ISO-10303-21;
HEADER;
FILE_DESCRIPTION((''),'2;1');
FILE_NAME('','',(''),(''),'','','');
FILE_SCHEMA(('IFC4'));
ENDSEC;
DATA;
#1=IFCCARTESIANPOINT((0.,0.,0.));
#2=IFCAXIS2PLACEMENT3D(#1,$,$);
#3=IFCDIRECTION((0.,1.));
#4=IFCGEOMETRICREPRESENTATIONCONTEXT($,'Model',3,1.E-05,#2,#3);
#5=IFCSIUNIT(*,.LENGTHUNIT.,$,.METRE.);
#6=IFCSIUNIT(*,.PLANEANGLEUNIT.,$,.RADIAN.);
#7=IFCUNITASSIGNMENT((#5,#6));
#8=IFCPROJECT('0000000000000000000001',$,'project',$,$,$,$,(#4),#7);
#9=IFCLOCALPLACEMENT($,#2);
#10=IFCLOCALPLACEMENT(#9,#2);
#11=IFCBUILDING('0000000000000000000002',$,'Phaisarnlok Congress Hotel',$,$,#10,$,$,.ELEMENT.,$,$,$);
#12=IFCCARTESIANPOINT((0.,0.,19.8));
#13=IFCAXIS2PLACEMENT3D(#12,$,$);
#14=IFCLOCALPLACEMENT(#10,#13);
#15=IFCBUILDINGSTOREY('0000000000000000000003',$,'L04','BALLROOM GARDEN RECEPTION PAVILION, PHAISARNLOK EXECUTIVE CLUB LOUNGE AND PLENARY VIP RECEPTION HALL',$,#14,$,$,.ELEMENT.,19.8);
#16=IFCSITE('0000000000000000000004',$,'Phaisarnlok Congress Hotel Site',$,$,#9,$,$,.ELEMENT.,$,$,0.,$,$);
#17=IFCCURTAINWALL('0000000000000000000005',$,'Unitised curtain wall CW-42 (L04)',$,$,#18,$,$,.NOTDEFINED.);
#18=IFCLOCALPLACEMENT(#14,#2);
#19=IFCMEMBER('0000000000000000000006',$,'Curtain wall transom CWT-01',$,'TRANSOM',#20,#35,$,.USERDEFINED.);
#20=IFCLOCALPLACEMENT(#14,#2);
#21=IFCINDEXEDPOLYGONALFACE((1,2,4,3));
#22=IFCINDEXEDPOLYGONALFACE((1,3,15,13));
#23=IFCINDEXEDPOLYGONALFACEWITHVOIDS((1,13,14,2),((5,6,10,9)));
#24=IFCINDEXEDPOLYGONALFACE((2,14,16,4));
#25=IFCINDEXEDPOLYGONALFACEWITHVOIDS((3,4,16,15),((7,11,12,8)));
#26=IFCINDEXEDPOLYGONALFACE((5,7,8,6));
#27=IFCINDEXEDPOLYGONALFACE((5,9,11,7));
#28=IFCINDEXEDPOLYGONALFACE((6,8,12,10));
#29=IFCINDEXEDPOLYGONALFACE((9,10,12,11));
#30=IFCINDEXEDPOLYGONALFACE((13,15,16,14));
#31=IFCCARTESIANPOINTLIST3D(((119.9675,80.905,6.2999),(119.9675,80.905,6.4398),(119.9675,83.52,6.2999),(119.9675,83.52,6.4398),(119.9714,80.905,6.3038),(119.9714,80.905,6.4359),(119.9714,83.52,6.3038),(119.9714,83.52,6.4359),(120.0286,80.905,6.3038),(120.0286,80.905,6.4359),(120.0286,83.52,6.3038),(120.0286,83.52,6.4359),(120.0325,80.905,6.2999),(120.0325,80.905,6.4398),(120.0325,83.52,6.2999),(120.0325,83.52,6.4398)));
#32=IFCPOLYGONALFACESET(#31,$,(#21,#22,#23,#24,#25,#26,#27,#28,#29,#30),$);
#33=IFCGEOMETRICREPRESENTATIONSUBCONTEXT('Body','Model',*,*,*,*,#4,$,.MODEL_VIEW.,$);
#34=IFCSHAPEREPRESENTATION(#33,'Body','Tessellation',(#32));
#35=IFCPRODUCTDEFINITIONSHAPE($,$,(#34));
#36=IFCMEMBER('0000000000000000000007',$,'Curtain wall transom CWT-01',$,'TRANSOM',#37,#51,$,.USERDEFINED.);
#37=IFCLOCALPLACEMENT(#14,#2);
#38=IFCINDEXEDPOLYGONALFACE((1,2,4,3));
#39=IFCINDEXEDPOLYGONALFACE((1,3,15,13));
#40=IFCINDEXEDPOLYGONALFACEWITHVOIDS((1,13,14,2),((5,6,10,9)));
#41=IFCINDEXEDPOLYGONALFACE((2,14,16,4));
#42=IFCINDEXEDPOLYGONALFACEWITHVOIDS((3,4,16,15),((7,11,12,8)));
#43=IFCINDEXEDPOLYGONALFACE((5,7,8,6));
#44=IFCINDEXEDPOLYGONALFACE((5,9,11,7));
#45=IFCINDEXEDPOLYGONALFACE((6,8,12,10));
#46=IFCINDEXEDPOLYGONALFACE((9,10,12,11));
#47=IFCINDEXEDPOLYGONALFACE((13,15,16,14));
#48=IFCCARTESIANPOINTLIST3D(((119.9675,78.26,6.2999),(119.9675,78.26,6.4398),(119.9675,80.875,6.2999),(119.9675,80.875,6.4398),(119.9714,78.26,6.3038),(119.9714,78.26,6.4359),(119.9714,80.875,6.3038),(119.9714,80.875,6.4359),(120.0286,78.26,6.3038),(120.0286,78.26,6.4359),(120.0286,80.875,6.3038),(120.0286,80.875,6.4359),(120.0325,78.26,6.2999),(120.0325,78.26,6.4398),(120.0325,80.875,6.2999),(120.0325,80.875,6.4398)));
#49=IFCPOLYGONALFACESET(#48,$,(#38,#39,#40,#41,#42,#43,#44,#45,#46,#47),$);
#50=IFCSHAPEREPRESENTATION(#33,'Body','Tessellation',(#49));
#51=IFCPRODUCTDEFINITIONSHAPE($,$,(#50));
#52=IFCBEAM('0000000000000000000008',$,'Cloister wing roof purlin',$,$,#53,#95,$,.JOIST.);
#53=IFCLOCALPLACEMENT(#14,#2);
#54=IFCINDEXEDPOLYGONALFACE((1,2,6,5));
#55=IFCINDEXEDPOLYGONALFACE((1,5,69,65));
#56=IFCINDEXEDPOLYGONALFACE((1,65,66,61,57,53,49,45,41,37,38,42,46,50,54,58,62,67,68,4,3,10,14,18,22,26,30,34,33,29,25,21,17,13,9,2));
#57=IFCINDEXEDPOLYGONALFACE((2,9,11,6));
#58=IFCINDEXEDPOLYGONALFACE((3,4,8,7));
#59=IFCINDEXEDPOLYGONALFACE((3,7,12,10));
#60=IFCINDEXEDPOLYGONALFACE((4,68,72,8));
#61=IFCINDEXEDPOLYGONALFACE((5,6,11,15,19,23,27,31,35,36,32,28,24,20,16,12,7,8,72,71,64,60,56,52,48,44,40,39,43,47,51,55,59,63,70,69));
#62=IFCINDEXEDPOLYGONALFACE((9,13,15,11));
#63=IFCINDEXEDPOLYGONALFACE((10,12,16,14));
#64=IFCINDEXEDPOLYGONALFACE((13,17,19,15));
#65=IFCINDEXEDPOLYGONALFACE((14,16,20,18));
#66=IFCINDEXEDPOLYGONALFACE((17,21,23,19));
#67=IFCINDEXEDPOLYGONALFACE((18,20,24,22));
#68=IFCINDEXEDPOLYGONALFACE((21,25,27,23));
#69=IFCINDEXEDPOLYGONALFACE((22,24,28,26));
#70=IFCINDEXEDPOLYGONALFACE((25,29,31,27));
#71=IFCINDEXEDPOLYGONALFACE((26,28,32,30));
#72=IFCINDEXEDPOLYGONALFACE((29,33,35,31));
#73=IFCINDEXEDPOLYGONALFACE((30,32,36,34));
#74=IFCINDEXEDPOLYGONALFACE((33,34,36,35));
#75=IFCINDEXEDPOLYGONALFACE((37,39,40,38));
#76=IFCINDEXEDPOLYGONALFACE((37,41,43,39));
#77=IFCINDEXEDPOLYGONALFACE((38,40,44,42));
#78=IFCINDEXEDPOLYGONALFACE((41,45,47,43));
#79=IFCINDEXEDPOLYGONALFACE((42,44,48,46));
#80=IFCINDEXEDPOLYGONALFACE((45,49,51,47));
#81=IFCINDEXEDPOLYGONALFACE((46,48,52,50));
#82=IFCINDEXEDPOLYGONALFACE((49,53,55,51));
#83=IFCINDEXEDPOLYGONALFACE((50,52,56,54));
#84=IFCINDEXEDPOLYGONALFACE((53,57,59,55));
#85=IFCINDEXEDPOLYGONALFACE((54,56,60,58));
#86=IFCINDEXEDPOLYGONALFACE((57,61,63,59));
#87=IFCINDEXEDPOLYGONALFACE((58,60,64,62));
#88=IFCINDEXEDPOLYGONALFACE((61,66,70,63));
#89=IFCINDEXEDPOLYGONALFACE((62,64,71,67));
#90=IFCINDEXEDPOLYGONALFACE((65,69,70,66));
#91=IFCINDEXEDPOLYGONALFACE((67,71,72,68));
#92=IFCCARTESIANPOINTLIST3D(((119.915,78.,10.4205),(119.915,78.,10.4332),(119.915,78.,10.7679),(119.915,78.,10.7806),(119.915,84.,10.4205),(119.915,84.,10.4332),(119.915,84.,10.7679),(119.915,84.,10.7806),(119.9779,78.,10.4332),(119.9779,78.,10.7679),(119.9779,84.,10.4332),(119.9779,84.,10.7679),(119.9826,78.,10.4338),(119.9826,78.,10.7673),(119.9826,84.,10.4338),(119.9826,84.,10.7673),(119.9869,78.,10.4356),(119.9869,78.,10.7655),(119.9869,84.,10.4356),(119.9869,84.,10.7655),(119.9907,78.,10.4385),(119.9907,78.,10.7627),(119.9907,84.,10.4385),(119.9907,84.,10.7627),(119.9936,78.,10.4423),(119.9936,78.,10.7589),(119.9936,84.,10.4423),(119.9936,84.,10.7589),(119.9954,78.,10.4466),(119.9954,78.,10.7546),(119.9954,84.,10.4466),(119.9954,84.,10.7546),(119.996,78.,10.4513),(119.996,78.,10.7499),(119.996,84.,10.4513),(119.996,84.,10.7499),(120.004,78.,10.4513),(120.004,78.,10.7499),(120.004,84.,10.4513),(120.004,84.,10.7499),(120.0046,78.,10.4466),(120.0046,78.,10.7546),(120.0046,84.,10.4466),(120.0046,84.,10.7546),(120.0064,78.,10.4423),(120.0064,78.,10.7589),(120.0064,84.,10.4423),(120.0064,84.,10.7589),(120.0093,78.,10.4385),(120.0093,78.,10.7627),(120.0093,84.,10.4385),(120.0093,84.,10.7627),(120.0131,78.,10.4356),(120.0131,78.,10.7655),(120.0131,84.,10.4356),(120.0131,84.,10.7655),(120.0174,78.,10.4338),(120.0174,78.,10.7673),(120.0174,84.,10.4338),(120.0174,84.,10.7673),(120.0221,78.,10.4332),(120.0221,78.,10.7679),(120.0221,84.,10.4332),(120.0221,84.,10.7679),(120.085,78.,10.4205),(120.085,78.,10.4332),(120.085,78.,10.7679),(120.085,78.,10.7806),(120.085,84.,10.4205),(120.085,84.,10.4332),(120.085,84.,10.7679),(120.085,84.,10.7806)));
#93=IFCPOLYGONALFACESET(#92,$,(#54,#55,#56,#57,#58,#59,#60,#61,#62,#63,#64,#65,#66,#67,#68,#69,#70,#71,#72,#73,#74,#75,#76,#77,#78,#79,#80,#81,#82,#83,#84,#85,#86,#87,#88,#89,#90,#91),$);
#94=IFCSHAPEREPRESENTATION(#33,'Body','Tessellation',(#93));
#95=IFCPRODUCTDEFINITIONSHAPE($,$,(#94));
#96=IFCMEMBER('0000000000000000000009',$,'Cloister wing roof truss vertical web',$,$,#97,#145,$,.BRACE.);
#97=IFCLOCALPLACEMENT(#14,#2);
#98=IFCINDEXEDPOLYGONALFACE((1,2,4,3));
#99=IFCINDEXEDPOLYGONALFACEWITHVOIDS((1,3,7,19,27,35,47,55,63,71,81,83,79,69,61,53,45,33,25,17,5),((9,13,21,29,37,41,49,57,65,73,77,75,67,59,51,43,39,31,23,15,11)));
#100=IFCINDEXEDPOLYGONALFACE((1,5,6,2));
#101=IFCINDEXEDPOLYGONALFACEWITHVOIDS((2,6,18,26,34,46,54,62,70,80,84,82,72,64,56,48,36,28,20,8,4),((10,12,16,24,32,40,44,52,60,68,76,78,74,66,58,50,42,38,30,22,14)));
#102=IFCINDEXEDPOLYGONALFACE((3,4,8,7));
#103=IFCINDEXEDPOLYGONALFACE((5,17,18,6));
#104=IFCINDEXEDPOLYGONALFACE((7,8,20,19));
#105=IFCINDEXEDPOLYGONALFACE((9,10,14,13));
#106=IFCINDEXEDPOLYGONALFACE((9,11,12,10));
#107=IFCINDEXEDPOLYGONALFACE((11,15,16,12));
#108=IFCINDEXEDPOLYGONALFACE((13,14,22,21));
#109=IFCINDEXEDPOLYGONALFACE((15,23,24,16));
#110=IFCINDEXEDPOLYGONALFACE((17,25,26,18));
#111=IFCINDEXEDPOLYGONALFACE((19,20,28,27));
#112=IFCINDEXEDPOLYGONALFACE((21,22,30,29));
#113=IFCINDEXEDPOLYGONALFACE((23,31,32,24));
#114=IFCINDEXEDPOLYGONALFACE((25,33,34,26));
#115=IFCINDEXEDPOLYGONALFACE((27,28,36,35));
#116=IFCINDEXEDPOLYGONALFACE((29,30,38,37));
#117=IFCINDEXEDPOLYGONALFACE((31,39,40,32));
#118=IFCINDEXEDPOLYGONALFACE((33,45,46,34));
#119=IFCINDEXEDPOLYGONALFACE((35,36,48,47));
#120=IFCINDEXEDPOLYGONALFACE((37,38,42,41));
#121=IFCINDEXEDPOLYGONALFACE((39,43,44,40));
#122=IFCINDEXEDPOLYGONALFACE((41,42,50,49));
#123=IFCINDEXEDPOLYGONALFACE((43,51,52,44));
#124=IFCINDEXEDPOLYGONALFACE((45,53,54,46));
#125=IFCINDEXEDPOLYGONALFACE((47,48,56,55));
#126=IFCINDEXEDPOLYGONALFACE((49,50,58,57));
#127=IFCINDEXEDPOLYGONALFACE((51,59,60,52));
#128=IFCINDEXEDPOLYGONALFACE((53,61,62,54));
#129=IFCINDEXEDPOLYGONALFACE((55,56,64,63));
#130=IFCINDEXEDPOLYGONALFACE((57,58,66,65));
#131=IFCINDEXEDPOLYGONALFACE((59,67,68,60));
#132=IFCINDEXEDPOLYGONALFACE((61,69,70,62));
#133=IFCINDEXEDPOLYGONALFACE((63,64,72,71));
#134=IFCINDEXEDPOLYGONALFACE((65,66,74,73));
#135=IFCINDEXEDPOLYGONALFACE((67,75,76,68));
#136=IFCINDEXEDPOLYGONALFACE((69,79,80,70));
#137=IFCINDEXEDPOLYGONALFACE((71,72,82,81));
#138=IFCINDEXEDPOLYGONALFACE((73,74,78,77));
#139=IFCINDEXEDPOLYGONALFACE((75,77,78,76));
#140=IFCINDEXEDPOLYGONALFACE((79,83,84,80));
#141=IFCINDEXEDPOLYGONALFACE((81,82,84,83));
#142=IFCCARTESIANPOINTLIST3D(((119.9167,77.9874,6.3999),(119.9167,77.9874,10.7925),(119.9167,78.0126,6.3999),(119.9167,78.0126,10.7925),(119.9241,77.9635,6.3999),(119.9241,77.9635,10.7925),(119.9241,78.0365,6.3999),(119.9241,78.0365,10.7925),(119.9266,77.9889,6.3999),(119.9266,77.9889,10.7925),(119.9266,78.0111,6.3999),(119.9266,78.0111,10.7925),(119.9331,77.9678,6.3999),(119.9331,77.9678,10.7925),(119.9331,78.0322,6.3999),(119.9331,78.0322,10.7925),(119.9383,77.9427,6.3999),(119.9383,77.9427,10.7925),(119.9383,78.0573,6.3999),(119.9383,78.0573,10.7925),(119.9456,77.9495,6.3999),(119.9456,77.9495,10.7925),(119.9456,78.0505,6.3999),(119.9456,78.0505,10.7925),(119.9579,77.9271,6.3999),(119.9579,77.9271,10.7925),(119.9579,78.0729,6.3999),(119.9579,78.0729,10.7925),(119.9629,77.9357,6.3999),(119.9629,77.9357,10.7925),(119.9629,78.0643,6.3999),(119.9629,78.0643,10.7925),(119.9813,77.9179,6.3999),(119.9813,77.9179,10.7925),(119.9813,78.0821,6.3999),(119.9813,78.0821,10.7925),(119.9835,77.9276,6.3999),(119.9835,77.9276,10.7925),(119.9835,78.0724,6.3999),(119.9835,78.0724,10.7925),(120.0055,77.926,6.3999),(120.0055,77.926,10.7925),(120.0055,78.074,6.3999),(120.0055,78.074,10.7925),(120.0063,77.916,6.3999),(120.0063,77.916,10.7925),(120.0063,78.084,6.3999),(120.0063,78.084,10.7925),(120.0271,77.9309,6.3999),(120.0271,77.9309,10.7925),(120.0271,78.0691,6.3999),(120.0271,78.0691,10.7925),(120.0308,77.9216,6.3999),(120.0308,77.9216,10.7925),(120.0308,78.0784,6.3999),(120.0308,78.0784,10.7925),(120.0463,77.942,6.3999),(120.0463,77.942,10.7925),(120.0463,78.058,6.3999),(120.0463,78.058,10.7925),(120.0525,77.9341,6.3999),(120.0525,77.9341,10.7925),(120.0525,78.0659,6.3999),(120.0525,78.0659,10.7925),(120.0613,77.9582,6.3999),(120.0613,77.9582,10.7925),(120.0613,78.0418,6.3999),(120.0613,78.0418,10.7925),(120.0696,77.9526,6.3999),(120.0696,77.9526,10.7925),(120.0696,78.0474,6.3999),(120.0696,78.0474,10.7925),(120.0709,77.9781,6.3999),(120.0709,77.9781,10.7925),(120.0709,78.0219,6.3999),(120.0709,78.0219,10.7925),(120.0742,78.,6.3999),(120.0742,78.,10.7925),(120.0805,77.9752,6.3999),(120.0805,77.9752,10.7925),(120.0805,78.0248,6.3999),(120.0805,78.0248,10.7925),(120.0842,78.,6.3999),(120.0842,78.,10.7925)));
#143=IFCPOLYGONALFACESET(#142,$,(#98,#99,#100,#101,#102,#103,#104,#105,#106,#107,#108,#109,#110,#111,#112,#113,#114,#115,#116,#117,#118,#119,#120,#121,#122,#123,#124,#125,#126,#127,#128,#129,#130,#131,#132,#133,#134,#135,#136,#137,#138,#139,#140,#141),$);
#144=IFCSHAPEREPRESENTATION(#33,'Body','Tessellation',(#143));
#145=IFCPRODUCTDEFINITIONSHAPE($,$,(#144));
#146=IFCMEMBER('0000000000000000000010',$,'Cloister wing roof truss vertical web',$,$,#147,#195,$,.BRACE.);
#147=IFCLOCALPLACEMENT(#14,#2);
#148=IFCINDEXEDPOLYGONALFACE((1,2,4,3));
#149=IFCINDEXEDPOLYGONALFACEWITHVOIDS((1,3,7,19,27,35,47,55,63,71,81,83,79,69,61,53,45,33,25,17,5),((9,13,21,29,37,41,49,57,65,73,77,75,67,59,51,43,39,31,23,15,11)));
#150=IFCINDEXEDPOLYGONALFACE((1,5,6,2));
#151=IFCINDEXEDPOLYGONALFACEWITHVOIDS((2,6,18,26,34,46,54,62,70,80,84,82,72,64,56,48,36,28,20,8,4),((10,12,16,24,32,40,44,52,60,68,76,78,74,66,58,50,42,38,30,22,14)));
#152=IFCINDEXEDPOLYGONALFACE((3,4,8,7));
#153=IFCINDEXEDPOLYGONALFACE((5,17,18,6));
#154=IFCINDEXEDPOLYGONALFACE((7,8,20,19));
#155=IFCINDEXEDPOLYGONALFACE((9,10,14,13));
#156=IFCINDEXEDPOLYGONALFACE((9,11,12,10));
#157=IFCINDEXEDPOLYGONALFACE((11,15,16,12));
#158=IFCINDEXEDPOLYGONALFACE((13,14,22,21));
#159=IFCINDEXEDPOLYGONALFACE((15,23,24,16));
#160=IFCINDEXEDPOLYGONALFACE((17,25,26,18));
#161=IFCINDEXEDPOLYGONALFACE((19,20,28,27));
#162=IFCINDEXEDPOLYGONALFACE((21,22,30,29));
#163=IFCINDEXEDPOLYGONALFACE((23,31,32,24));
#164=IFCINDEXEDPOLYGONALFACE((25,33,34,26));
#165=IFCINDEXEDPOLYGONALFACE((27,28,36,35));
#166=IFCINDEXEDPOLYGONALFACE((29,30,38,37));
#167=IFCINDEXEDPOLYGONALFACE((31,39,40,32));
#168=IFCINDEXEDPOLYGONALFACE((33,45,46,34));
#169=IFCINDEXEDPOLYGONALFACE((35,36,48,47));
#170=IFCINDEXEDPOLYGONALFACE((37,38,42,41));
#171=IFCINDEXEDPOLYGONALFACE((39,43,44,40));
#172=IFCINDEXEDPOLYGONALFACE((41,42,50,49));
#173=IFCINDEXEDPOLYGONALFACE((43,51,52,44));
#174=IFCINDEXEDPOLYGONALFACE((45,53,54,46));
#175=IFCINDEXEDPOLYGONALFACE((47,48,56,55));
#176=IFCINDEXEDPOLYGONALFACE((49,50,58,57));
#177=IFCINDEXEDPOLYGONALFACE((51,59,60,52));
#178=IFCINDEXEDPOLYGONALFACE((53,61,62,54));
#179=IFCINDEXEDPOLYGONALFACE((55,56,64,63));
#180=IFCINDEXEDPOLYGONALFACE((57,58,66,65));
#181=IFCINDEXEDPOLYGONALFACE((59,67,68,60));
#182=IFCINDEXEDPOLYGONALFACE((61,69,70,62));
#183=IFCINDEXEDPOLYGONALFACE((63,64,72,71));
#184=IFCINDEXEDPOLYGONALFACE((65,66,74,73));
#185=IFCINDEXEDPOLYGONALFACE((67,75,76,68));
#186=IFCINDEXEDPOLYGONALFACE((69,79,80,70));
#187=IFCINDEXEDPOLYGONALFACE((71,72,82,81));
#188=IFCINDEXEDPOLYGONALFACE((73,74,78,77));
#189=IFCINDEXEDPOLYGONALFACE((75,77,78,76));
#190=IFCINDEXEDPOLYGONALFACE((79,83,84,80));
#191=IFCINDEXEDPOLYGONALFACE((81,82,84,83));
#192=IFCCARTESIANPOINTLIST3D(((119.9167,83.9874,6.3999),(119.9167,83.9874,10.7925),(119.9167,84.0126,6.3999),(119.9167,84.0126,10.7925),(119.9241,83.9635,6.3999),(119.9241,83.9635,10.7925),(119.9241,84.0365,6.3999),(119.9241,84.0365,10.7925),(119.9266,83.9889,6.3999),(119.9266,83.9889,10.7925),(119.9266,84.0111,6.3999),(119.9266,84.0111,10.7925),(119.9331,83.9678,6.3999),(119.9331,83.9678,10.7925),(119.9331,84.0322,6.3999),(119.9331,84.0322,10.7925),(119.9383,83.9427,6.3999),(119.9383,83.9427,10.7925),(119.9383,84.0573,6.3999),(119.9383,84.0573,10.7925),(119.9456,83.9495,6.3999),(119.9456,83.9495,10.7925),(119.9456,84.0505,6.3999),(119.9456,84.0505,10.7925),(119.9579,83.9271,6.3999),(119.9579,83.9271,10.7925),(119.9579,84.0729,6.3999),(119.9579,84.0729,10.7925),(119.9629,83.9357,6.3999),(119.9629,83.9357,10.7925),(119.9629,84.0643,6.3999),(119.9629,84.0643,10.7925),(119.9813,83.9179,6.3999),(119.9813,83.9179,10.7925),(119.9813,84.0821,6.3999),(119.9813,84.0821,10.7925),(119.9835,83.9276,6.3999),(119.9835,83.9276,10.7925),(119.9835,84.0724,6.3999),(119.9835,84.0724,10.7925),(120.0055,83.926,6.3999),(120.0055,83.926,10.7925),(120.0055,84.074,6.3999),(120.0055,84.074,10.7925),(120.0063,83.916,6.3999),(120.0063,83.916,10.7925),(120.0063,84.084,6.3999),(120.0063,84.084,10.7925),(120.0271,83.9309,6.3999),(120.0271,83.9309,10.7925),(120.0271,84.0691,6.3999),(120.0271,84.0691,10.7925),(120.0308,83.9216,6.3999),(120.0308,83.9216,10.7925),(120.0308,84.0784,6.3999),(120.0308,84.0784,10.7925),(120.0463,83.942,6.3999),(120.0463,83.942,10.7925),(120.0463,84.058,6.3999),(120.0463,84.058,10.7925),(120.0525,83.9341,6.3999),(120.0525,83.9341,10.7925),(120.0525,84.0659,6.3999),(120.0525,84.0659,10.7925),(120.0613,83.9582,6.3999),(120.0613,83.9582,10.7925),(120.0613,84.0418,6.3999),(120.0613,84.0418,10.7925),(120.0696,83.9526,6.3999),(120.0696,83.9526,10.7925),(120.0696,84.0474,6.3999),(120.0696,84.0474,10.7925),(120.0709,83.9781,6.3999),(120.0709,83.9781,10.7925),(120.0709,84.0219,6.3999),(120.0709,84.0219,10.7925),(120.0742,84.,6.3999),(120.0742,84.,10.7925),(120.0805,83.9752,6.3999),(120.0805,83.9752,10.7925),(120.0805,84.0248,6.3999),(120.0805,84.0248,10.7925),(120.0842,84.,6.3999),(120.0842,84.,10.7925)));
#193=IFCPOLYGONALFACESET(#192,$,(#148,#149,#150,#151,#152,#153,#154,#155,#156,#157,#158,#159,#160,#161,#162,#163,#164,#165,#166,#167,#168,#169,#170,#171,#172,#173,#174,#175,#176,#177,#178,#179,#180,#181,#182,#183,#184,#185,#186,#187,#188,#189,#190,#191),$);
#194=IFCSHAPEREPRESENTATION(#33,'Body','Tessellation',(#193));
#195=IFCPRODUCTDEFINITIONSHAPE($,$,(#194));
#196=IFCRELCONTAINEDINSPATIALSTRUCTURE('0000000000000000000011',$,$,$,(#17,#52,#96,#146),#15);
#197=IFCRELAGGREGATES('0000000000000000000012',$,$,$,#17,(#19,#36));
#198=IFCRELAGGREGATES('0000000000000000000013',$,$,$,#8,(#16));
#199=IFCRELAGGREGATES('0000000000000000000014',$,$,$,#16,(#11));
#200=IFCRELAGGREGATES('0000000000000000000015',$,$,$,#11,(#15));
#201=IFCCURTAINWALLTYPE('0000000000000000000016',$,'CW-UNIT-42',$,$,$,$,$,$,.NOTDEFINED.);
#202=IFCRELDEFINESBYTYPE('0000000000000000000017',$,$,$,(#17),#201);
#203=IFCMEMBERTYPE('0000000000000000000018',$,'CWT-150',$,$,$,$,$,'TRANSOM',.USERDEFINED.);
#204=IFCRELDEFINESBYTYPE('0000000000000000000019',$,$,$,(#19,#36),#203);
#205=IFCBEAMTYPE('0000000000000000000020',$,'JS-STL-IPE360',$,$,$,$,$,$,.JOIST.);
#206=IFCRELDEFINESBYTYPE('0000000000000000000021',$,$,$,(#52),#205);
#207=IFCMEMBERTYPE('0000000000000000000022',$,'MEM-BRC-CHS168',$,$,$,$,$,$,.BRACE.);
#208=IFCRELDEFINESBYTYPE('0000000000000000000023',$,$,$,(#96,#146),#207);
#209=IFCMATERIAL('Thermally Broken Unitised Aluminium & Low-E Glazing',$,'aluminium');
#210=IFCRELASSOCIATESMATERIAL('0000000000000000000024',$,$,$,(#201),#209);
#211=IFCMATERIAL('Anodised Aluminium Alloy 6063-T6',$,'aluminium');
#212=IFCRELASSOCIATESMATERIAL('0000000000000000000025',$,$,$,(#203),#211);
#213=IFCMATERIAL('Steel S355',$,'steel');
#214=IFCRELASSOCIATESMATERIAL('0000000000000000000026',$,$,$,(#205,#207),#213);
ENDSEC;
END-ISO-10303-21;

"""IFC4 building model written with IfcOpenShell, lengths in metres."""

from ifc_helpers import new_model, si_unit, direction, frame, origin, origin_2d, place, context, subcontext, project, spatial, hollow_rectangle, hollow_circle, i_section, extrude, material, material_profile, profile_set, type_object, element, aggregate, save


model = new_model("IFC4")

# Units and contexts
model_context = context("Model", 3, precision=1e-05, world=origin(), true_north=direction((0.0, 1.0)))
body_context = subcontext(model_context, "Body", "Model", "MODEL_VIEW")
ifc_project = project(units=[si_unit("LENGTHUNIT", "METRE"), si_unit("PLANEANGLEUNIT", "RADIAN")], contexts=[model_context])

# Site, building, storey
site_placement = place(None, origin())
site = spatial("IfcSite", under=ifc_project, at=site_placement, Name="Phaisarnlok Congress Hotel Site", CompositionType="ELEMENT", RefElevation=0.0)
building_placement = place(site_placement, origin())
building = spatial("IfcBuilding", under=site, at=building_placement, Name="Phaisarnlok Congress Hotel", CompositionType="ELEMENT")
storey_placement = place(building_placement, frame((0.0, 0.0, 19.8)))
storey = spatial("IfcBuildingStorey", under=building, at=storey_placement, Name="L04", Description="BALLROOM GARDEN RECEPTION PAVILION, PHAISARNLOK EXECUTIVE CLUB LOUNGE AND PLENARY VIP RECEPTION HALL", CompositionType="ELEMENT", Elevation=19.8)

# Curtain wall, members
ifc_material_1 = material(Name="Thermally Broken Unitised Aluminium & Low-E Glazing", Category="aluminium")
curtain_wall_type = type_object("IfcCurtainWallType", Name="CW-UNIT-42", PredefinedType="NOTDEFINED", material=ifc_material_1)
curtain_wall_placement = place(storey_placement, origin())
curtain_wall = element("IfcCurtainWall", 1, at=curtain_wall_placement, inside=storey, type_object=curtain_wall_type, Name="Unitised curtain wall CW-42 (L04)", PredefinedType="NOTDEFINED")
ifc_material_2 = material(Name="Anodised Aluminium Alloy 6063-T6", Category="aluminium")
ifc_material_profile_1 = material_profile(ifc_material_2, hollow_rectangle(XDim=0.0649, YDim=0.1399, WallThickness=0.0039, at=origin_2d()), Name="ALU-T 65x140x4")
ifc_profile_set_1 = profile_set([ifc_material_profile_1], Name="Anodised Aluminium Alloy 6063-T6")
member_type_1 = type_object("IfcMemberType", Name="CWT-150", ElementType="TRANSOM", PredefinedType="USERDEFINED", material=ifc_profile_set_1)
member_1_placement = place(storey_placement, frame((120.0, 83.52, 6.3699), z_axis=(0.0, -1.0, 0.0), x_axis=(1.0, 0.0, 0.0)))
member_1 = element("IfcMember", 2, at=member_1_placement, type_object=member_type_1, Name="Curtain wall transom CWT-01", ObjectType="TRANSOM", PredefinedType="USERDEFINED", context=body_context, shape_type="SweptSolid", body=[
    extrude(hollow_rectangle(XDim=0.0649, YDim=0.1399, WallThickness=0.0039, at=origin_2d()), origin(), (0.0, 0.0, 1.0), 2.615),
])
member_2_placement = place(storey_placement, frame((120.0, 80.875, 6.3699), z_axis=(0.0, -1.0, 0.0), x_axis=(1.0, 0.0, 0.0)))
member_2 = element("IfcMember", 3, at=member_2_placement, type_object=member_type_1, Name="Curtain wall transom CWT-01", ObjectType="TRANSOM", PredefinedType="USERDEFINED", context=body_context, shape_type="SweptSolid", body=[
    extrude(hollow_rectangle(XDim=0.0649, YDim=0.1399, WallThickness=0.0039, at=origin_2d()), origin(), (0.0, 0.0, 1.0), 2.615),
])
aggregate(curtain_wall, [member_1, member_2])

# Beam
ifc_material_3 = material(Name="Steel S355", Category="steel")
ifc_material_profile_2 = material_profile(ifc_material_3, i_section(OverallWidth=0.1699, OverallDepth=0.3601, WebThickness=0.0081, FlangeThickness=0.0127, FilletRadius=0.0181, at=origin_2d()), Name="IPE 360")
ifc_profile_set_2 = profile_set([ifc_material_profile_2], Name="Steel S355")
beam_type = type_object("IfcBeamType", Name="JS-STL-IPE360", PredefinedType="JOIST", material=ifc_profile_set_2)
beam_placement = place(storey_placement, frame((120.0, 78.0, 10.6006), z_axis=(0.0, 1.0, 0.0), x_axis=(-1.0, 0.0, 0.0)))
element("IfcBeam", 4, at=beam_placement, inside=storey, type_object=beam_type, Name="Cloister wing roof purlin", PredefinedType="JOIST", context=body_context, shape_type="SweptSolid", body=[
    extrude(i_section(OverallWidth=0.1699, OverallDepth=0.3601, WebThickness=0.0081, FlangeThickness=0.0127, FilletRadius=0.0181, at=origin_2d()), origin(), (0.0, 0.0, 1.0), 6.0),
])

# Members
ifc_material_profile_3 = material_profile(ifc_material_3, hollow_circle(Radius=0.0842, WallThickness=0.01, at=origin_2d()), Name="CHS 168.3x10")
ifc_profile_set_3 = profile_set([ifc_material_profile_3], Name="Steel S355")
member_type_2 = type_object("IfcMemberType", Name="MEM-BRC-CHS168", PredefinedType="BRACE", material=ifc_profile_set_3)
for number, where, z_axis, x_axis, name in (
    (5, (120.0, 78.0, 6.3999), (0.0, 0.0, 1.0), (1.0, 0.0, 0.0), "Cloister wing roof truss vertical web"),
    (6, (120.0, 84.0, 6.3999), (0.0, 0.0, 1.0), (1.0, 0.0, 0.0), "Cloister wing roof truss vertical web"),
):
    element("IfcMember", number, at=place(storey_placement, frame(where, z_axis=z_axis, x_axis=x_axis)), inside=storey, type_object=member_type_2, Name=name, PredefinedType="BRACE", context=body_context, shape_type="SweptSolid", body=[
        extrude(hollow_circle(Radius=0.0842, WallThickness=0.01, at=origin_2d()), origin(), (0.0, 0.0, 1.0), 4.3926),
    ])

save(model, "model.ifc")
